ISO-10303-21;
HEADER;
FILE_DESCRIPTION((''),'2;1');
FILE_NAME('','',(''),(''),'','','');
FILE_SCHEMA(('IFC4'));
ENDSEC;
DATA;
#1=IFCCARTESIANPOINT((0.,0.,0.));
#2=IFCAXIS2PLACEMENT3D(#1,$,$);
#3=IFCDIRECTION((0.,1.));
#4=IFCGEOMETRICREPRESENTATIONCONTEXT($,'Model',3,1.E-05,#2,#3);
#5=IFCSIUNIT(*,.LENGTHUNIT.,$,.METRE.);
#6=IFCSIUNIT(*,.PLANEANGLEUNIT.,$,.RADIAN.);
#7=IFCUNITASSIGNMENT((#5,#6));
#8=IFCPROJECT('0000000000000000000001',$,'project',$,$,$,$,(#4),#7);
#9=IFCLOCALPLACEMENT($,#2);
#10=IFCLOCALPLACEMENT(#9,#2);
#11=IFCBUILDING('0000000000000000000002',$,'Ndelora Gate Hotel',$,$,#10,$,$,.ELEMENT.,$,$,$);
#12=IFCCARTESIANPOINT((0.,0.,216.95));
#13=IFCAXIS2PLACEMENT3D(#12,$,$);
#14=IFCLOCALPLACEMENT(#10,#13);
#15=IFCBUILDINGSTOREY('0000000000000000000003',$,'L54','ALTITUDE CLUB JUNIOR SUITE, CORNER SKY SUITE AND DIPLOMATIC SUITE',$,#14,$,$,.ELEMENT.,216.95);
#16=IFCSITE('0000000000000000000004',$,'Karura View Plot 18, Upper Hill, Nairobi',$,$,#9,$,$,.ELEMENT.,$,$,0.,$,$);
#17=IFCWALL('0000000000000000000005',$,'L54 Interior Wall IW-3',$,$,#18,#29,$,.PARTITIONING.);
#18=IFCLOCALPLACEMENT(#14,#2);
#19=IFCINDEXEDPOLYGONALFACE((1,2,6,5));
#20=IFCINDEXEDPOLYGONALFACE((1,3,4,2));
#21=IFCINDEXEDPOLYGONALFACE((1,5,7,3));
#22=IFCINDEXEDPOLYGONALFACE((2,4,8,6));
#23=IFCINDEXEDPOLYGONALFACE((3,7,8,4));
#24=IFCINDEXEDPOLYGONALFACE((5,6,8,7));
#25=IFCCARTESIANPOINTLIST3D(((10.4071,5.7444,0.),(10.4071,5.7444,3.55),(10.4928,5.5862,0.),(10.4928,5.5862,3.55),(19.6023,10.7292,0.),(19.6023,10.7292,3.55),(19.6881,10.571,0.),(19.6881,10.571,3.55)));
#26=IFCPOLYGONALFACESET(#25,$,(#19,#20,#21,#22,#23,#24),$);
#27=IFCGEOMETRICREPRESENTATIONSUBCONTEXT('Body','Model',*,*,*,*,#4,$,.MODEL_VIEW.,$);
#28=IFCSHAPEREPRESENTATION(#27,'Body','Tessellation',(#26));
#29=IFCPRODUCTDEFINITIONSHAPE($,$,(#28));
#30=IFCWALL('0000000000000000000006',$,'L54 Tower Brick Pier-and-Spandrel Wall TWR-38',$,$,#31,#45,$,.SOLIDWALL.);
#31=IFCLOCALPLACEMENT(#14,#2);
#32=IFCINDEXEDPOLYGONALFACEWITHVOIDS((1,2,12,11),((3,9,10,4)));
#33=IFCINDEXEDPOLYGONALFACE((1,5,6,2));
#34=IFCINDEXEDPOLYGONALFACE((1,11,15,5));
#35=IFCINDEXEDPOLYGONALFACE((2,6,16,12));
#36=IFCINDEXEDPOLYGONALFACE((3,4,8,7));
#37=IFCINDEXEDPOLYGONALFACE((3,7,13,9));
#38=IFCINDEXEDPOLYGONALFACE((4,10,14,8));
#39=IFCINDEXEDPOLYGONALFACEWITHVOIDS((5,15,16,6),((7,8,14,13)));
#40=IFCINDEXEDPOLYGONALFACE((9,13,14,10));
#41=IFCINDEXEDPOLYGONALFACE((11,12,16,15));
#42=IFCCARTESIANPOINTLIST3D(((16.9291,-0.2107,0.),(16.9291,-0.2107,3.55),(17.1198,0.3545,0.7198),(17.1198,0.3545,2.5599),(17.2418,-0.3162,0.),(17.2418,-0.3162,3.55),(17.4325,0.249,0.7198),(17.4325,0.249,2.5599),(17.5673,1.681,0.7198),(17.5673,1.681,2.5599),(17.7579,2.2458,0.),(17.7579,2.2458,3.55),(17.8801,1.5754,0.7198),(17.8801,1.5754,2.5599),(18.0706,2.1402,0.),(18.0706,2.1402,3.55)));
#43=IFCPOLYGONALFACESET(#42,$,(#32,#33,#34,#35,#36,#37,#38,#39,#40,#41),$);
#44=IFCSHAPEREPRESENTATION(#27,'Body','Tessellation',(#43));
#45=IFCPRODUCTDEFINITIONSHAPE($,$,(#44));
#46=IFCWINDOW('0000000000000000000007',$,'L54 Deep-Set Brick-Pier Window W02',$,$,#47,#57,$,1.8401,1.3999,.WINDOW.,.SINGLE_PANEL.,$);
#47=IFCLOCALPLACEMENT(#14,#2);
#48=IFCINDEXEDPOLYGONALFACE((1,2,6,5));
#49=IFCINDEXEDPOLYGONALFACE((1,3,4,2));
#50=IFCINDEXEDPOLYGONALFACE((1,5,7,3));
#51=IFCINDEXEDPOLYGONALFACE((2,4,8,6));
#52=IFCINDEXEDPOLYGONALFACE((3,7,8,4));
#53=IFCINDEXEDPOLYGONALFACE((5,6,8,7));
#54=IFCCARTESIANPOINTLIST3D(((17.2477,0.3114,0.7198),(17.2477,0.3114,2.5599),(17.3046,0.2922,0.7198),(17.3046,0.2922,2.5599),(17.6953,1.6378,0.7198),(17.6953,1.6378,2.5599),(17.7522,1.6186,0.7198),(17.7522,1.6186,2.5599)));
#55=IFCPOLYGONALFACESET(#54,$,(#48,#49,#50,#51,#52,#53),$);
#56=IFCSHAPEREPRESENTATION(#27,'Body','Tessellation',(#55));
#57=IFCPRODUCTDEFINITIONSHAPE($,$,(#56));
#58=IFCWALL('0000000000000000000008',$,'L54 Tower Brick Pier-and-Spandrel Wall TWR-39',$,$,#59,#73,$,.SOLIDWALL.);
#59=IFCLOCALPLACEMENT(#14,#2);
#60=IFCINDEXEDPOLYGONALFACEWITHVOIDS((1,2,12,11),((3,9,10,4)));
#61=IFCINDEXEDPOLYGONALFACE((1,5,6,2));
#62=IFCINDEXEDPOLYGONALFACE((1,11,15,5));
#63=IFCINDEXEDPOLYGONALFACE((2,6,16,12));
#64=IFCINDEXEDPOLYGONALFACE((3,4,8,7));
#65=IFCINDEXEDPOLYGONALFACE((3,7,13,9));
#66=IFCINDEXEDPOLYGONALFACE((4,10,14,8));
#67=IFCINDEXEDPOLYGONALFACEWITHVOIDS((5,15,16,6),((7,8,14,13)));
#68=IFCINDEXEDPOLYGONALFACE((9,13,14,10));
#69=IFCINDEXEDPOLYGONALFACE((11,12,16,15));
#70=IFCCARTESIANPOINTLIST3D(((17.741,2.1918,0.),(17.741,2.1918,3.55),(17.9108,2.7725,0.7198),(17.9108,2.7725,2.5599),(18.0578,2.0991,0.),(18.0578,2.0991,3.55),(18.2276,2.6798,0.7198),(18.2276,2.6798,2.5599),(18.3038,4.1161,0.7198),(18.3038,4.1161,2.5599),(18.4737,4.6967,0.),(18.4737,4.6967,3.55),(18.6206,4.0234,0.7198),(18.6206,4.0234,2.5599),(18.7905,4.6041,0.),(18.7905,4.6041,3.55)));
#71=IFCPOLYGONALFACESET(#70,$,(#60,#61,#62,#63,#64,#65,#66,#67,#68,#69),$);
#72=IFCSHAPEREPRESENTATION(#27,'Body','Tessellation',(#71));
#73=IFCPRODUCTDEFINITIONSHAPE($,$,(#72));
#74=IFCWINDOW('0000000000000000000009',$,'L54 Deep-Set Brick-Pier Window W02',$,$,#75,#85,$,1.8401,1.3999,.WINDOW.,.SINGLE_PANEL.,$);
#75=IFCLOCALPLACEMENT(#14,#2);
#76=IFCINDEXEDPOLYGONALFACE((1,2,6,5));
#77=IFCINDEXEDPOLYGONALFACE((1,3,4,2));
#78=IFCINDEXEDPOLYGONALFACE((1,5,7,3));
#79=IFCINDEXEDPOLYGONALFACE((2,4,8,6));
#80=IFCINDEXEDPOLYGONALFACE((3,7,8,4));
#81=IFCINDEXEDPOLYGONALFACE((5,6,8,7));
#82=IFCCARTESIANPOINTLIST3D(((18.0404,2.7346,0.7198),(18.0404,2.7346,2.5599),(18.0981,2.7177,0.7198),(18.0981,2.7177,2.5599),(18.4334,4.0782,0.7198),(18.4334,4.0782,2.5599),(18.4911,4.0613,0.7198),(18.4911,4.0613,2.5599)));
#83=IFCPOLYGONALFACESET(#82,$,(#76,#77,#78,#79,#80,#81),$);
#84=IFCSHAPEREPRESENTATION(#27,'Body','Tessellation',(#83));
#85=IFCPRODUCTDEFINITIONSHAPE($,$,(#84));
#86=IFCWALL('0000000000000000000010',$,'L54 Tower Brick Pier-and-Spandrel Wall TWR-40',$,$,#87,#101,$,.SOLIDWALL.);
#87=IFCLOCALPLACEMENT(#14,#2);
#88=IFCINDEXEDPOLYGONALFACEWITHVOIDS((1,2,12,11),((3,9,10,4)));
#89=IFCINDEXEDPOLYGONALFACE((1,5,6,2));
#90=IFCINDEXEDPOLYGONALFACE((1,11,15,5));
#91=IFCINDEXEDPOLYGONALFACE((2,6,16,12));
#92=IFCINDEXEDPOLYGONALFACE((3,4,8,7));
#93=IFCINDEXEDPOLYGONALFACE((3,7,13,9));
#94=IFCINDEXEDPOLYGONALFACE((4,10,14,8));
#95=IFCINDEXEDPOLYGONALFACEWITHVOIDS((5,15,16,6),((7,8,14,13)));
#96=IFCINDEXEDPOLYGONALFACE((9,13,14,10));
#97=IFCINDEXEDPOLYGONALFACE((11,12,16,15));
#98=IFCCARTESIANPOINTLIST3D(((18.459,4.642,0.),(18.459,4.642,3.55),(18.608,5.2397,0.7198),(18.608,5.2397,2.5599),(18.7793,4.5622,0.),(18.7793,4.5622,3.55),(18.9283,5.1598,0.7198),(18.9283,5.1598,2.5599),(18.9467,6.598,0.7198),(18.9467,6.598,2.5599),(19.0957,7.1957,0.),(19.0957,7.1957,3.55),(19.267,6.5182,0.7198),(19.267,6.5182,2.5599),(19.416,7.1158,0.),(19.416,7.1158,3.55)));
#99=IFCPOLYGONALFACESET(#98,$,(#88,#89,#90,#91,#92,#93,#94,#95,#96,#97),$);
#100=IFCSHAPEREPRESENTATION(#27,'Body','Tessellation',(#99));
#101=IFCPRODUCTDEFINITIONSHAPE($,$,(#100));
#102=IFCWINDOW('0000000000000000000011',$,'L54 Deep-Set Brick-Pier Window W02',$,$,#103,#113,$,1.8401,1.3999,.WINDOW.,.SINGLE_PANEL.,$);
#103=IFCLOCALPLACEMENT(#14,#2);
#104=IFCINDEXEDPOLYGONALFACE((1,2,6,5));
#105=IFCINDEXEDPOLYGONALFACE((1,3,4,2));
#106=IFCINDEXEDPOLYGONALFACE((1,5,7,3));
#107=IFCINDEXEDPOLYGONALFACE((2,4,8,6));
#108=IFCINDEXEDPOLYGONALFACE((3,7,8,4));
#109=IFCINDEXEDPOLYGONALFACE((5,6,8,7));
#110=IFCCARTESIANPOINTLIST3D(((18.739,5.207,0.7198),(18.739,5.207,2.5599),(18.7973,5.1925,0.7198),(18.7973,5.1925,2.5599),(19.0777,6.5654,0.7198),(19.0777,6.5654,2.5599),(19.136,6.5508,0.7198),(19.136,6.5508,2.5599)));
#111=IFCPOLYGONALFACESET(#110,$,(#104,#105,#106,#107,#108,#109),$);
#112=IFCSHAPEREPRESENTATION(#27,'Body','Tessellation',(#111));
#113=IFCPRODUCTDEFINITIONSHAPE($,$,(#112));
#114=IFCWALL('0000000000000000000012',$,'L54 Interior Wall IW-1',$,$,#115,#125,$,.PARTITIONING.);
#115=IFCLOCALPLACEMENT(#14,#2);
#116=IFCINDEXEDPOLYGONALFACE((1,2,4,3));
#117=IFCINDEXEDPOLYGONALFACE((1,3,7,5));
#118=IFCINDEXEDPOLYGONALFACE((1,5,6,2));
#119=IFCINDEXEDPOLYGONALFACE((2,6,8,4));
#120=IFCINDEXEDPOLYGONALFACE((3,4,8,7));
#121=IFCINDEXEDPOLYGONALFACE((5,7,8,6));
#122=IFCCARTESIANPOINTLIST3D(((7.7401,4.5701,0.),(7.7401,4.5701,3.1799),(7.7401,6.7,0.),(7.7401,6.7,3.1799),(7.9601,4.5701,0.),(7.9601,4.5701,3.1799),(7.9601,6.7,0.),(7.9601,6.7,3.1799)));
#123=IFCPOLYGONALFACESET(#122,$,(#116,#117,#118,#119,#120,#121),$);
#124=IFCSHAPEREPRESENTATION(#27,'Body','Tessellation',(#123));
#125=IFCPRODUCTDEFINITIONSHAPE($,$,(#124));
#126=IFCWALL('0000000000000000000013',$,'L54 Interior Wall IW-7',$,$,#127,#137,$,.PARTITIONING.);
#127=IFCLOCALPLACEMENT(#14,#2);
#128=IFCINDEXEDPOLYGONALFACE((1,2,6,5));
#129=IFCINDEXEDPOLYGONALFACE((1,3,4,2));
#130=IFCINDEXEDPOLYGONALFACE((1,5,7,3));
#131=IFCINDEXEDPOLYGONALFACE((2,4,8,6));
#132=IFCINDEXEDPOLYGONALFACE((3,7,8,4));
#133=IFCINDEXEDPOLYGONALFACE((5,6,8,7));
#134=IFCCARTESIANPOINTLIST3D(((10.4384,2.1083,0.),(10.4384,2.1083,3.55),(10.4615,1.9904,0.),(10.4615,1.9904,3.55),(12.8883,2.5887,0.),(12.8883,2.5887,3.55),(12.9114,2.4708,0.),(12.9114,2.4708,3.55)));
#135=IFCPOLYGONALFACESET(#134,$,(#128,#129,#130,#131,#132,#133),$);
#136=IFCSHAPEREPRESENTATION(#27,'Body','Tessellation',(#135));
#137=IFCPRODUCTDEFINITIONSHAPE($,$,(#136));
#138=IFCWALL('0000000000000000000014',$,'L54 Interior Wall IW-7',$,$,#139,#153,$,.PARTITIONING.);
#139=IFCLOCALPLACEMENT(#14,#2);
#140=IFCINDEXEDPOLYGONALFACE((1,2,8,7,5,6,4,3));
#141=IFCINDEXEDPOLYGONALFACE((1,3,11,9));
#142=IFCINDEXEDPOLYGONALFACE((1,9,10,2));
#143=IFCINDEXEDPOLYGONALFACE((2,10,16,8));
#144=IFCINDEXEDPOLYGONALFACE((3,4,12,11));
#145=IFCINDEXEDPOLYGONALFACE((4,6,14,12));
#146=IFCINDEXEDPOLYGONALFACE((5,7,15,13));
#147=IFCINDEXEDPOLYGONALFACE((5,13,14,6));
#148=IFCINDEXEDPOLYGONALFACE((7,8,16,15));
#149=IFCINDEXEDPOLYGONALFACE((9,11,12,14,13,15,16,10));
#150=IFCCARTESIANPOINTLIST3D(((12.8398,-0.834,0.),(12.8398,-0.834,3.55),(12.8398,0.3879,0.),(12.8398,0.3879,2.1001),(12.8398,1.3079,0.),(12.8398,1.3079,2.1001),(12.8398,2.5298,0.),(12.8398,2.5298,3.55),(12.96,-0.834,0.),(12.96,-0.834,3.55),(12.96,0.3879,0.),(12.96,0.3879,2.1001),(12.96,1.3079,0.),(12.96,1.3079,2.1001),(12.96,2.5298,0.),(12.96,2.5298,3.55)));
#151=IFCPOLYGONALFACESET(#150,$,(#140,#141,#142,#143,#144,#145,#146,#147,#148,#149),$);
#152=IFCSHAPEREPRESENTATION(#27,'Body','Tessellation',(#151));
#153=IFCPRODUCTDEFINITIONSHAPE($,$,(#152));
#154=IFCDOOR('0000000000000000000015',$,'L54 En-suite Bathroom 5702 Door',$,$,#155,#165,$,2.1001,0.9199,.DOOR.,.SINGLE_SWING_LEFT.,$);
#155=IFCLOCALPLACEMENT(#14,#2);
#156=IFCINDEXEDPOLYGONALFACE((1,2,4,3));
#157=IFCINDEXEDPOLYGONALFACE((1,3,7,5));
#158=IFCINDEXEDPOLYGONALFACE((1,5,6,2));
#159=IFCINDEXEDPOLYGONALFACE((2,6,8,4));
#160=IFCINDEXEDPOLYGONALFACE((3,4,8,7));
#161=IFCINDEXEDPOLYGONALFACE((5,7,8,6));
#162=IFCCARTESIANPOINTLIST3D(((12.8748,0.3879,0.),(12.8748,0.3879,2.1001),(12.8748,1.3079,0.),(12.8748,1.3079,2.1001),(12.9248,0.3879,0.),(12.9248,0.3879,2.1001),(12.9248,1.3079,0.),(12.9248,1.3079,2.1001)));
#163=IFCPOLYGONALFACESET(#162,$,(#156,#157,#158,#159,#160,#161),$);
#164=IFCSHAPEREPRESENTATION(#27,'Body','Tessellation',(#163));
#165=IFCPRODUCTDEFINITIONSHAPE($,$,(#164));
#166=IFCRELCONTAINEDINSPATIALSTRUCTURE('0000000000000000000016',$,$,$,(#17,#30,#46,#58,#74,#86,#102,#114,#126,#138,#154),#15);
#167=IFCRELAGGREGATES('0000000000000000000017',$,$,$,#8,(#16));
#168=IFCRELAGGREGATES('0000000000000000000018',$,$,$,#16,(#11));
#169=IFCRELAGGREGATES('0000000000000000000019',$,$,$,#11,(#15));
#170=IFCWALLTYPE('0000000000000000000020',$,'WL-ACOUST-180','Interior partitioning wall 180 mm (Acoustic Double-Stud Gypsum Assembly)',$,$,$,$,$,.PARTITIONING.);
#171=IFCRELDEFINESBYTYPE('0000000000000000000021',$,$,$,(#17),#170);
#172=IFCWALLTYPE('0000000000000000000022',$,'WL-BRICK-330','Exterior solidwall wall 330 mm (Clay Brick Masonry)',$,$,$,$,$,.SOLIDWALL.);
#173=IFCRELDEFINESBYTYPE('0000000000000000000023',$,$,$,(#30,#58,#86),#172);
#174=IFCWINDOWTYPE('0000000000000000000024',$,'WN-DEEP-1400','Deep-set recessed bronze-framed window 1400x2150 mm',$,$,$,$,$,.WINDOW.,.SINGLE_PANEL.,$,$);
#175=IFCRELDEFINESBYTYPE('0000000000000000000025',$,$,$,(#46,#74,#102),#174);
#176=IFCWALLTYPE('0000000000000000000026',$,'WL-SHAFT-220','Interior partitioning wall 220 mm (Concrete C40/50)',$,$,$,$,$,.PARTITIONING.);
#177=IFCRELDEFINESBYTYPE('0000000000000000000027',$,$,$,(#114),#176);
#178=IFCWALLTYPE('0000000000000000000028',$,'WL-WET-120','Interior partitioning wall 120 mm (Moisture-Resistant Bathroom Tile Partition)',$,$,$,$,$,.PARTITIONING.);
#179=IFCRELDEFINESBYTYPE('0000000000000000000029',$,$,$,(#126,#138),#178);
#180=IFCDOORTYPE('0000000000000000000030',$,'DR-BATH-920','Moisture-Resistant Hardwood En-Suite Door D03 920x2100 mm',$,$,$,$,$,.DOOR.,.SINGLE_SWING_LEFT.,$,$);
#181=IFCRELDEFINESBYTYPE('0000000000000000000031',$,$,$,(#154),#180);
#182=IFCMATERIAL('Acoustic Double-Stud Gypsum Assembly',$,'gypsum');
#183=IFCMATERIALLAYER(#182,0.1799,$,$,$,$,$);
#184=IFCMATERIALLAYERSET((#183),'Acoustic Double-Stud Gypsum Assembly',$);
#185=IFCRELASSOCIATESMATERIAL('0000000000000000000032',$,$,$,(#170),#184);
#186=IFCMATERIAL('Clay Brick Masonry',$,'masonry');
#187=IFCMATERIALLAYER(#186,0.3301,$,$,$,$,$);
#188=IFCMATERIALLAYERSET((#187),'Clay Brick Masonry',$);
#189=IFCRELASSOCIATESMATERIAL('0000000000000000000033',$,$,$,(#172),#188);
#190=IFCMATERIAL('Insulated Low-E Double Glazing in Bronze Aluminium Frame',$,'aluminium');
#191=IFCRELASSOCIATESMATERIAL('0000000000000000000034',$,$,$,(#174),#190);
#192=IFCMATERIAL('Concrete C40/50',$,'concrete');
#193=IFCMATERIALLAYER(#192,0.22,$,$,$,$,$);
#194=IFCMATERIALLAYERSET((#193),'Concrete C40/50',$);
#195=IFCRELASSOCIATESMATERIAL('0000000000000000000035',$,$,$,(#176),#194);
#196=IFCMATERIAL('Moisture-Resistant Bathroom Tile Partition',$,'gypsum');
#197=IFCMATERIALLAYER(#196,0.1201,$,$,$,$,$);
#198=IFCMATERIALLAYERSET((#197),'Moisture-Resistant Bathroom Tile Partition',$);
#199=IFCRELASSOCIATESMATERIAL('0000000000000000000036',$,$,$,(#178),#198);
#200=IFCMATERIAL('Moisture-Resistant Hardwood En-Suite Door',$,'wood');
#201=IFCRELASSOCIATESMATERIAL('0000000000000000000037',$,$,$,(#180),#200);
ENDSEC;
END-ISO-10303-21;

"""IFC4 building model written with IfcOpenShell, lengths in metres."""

from ifc_helpers import new_model, si_unit, direction, frame, frame_2d, origin, place, context, subcontext, project, spatial, rectangle, extrude, material, layer, layer_set, type_object, element, fill, save


model = new_model("IFC4")

# Units and contexts
model_context = context("Model", 3, precision=1e-05, world=origin(), true_north=direction((0.0, 1.0)))
body_context = subcontext(model_context, "Body", "Model", "MODEL_VIEW")
ifc_project = project(units=[si_unit("LENGTHUNIT", "METRE"), si_unit("PLANEANGLEUNIT", "RADIAN")], contexts=[model_context])

# Site, building, storey
site_placement = place(None, origin())
site = spatial("IfcSite", under=ifc_project, at=site_placement, Name="Karura View Plot 18, Upper Hill, Nairobi", CompositionType="ELEMENT", RefElevation=0.0)
building_placement = place(site_placement, origin())
building = spatial("IfcBuilding", under=site, at=building_placement, Name="Ndelora Gate Hotel", CompositionType="ELEMENT")
storey_placement = place(building_placement, frame((0.0, 0.0, 216.95)))
storey = spatial("IfcBuildingStorey", under=building, at=storey_placement, Name="L54", Description="ALTITUDE CLUB JUNIOR SUITE, CORNER SKY SUITE AND DIPLOMATIC SUITE", CompositionType="ELEMENT", Elevation=216.95)

# Wall
ifc_material_1 = material(Name="Acoustic Double-Stud Gypsum Assembly", Category="gypsum")
ifc_layer_1 = layer(ifc_material_1, 0.1799)
ifc_layer_set_1 = layer_set([ifc_layer_1], Name="Acoustic Double-Stud Gypsum Assembly")
wall_type_1 = type_object("IfcWallType", Name="WL-ACOUST-180", Description="Interior partitioning wall 180 mm (Acoustic Double-Stud Gypsum Assembly)", PredefinedType="PARTITIONING", material=ifc_layer_set_1)
wall_1_placement = place(storey_placement, frame((10.45, 5.6653, 0.0), z_axis=(0.0, 0.0, 1.0), x_axis=(0.879129, 0.476584, 0.0)))
element("IfcWall", 1, at=wall_1_placement, inside=storey, type_object=wall_type_1, Name="L54 Interior Wall IW-3", PredefinedType="PARTITIONING", context=body_context, shape_type="SweptSolid", body=[
    extrude(rectangle(XDim=10.4595, YDim=0.1799, at=frame_2d((5.2297, 0.0))), origin(), (0.0, 0.0, 1.0), 3.55),
])

# Walls, openings, windows
ifc_material_2 = material(Name="Clay Brick Masonry", Category="masonry")
ifc_layer_2 = layer(ifc_material_2, 0.3301)
ifc_layer_set_2 = layer_set([ifc_layer_2], Name="Clay Brick Masonry")
wall_type_2 = type_object("IfcWallType", Name="WL-BRICK-330", Description="Exterior solidwall wall 330 mm (Clay Brick Masonry)", PredefinedType="SOLIDWALL", material=ifc_layer_set_2)
wall_2_placement = place(storey_placement, frame((17.9143, 2.1931, 0.0), z_axis=(0.0, 0.0, 1.0), x_axis=(-0.3197, -0.947519, 0.0)))
wall_2 = element("IfcWall", 2, at=wall_2_placement, inside=storey, type_object=wall_type_2, Name="L54 Tower Brick Pier-and-Spandrel Wall TWR-38", PredefinedType="SOLIDWALL", context=body_context, shape_type="SweptSolid", body=[
    extrude(rectangle(XDim=2.5925, YDim=0.3301, at=frame_2d((1.2964, 0.0))), origin(), (0.0, 0.0, 1.0), 3.55),
])
opening_1_placement = place(wall_2_placement, frame((0.5962, 0.0, 0.72)))
opening_1 = element("IfcOpeningElement", 3, at=opening_1_placement, cuts=wall_2, PredefinedType="OPENING", context=body_context, shape_type="SweptSolid", body=[
    extrude(rectangle(XDim=1.3999, YDim=1.8401, at=frame_2d((0.7, 0.9199))), frame((0.0, 0.175, 0.0), z_axis=(0.0, -1.0, 0.0), x_axis=(1.0, 0.0, 0.0)), (0.0, 0.0, 1.0), 0.3501),
])
ifc_material_3 = material(Name="Insulated Low-E Double Glazing in Bronze Aluminium Frame", Category="aluminium")
window_type = type_object("IfcWindowType", Name="WN-DEEP-1400", Description="Deep-set recessed bronze-framed window 1400x2150 mm", PartitioningType="SINGLE_PANEL", PredefinedType="WINDOW", material=ifc_material_3)
window_1_placement = place(opening_1_placement, origin())
window_1 = element("IfcWindow", 4, at=window_1_placement, inside=storey, type_object=window_type, Name="L54 Deep-Set Brick-Pier Window W02", OverallHeight=1.8401, OverallWidth=1.3999, PartitioningType="SINGLE_PANEL", PredefinedType="WINDOW", context=body_context, shape_type="SweptSolid", body=[
    extrude(rectangle(XDim=1.3999, YDim=1.8401, at=frame_2d((0.7, 0.9199))), frame((0.0, 0.03, 0.0), z_axis=(0.0, -1.0, 0.0), x_axis=(1.0, 0.0, 0.0)), (0.0, 0.0, 1.0), 0.0601),
])
fill(opening_1, window_1)
wall_3_placement = place(storey_placement, frame((18.6321, 4.6504, 0.0), z_axis=(0.0, 0.0, 1.0), x_axis=(-0.280733, -0.959786, 0.0)))
wall_3 = element("IfcWall", 5, at=wall_3_placement, inside=storey, type_object=wall_type_2, Name="L54 Tower Brick Pier-and-Spandrel Wall TWR-39", PredefinedType="SOLIDWALL", context=body_context, shape_type="SweptSolid", body=[
    extrude(rectangle(XDim=2.6099, YDim=0.3301, at=frame_2d((1.3049, 0.0))), origin(), (0.0, 0.0, 1.0), 3.55),
])
opening_2_placement = place(wall_3_placement, frame((0.605, 0.0, 0.72)))
opening_2 = element("IfcOpeningElement", 6, at=opening_2_placement, cuts=wall_3, PredefinedType="OPENING", context=body_context, shape_type="SweptSolid", body=[
    extrude(rectangle(XDim=1.3999, YDim=1.8401, at=frame_2d((0.7, 0.9199))), frame((0.0, 0.175, 0.0), z_axis=(0.0, -1.0, 0.0), x_axis=(1.0, 0.0, 0.0)), (0.0, 0.0, 1.0), 0.3501),
])
window_2_placement = place(opening_2_placement, origin())
window_2 = element("IfcWindow", 7, at=window_2_placement, inside=storey, type_object=window_type, Name="L54 Deep-Set Brick-Pier Window W02", OverallHeight=1.8401, OverallWidth=1.3999, PartitioningType="SINGLE_PANEL", PredefinedType="WINDOW", context=body_context, shape_type="SweptSolid", body=[
    extrude(rectangle(XDim=1.3999, YDim=1.8401, at=frame_2d((0.7, 0.9199))), frame((0.0, 0.03, 0.0), z_axis=(0.0, -1.0, 0.0), x_axis=(1.0, 0.0, 0.0)), (0.0, 0.0, 1.0), 0.0601),
])
fill(opening_2, window_2)
wall_4_placement = place(storey_placement, frame((19.2559, 7.1558, 0.0), z_axis=(0.0, 0.0, 1.0), x_axis=(-0.241924, -0.970295, 0.0)))
wall_4 = element("IfcWall", 8, at=wall_4_placement, inside=storey, type_object=wall_type_2, Name="L54 Tower Brick Pier-and-Spandrel Wall TWR-40", PredefinedType="SOLIDWALL", context=body_context, shape_type="SweptSolid", body=[
    extrude(rectangle(XDim=2.6318, YDim=0.3301, at=frame_2d((1.3159, 0.0))), origin(), (0.0, 0.0, 1.0), 3.55),
])
opening_3_placement = place(wall_4_placement, frame((0.616, 0.0, 0.72)))
opening_3 = element("IfcOpeningElement", 9, at=opening_3_placement, cuts=wall_4, PredefinedType="OPENING", context=body_context, shape_type="SweptSolid", body=[
    extrude(rectangle(XDim=1.3999, YDim=1.8401, at=frame_2d((0.7, 0.9199))), frame((0.0, 0.175, 0.0), z_axis=(0.0, -1.0, 0.0), x_axis=(1.0, 0.0, 0.0)), (0.0, 0.0, 1.0), 0.3501),
])
window_3_placement = place(opening_3_placement, origin())
window_3 = element("IfcWindow", 10, at=window_3_placement, inside=storey, type_object=window_type, Name="L54 Deep-Set Brick-Pier Window W02", OverallHeight=1.8401, OverallWidth=1.3999, PartitioningType="SINGLE_PANEL", PredefinedType="WINDOW", context=body_context, shape_type="SweptSolid", body=[
    extrude(rectangle(XDim=1.3999, YDim=1.8401, at=frame_2d((0.7, 0.9199))), frame((0.0, 0.03, 0.0), z_axis=(0.0, -1.0, 0.0), x_axis=(1.0, 0.0, 0.0)), (0.0, 0.0, 1.0), 0.0601),
])
fill(opening_3, window_3)

# Shared definitions
ifc_material_4 = material(Name="Concrete C40/50", Category="concrete")

# Walls
ifc_layer_3 = layer(ifc_material_4, 0.22)
ifc_layer_set_3 = layer_set([ifc_layer_3], Name="Concrete C40/50")
wall_type_3 = type_object("IfcWallType", Name="WL-SHAFT-220", Description="Interior partitioning wall 220 mm (Concrete C40/50)", PredefinedType="PARTITIONING", material=ifc_layer_set_3)
wall_5_placement = place(storey_placement, frame((7.8501, 4.5701, 0.0), z_axis=(0.0, 0.0, 1.0), x_axis=(0.0, 1.0, 0.0)))
element("IfcWall", 11, at=wall_5_placement, inside=storey, type_object=wall_type_3, Name="L54 Interior Wall IW-1", PredefinedType="PARTITIONING", context=body_context, shape_type="SweptSolid", body=[
    extrude(rectangle(XDim=2.1299, YDim=0.22, at=frame_2d((1.0649, 0.0))), origin(), (0.0, 0.0, 1.0), 3.1799),
])
ifc_material_5 = material(Name="Moisture-Resistant Bathroom Tile Partition", Category="gypsum")
ifc_layer_4 = layer(ifc_material_5, 0.1201)
ifc_layer_set_4 = layer_set([ifc_layer_4], Name="Moisture-Resistant Bathroom Tile Partition")
wall_type_4 = type_object("IfcWallType", Name="WL-WET-120", Description="Interior partitioning wall 120 mm (Moisture-Resistant Bathroom Tile Partition)", PredefinedType="PARTITIONING", material=ifc_layer_set_4)
wall_6_placement = place(storey_placement, frame((10.45, 2.0493, 0.0), z_axis=(0.0, 0.0, 1.0), x_axis=(0.981307, 0.192448, 0.0)))
element("IfcWall", 12, at=wall_6_placement, inside=storey, type_object=wall_type_4, Name="L54 Interior Wall IW-7", PredefinedType="PARTITIONING", context=body_context, shape_type="SweptSolid", body=[
    extrude(rectangle(XDim=2.4966, YDim=0.1201, at=frame_2d((1.2483, 0.0))), origin(), (0.0, 0.0, 1.0), 3.55),
])

# Wall, opening, door
wall_7_placement = place(storey_placement, frame((12.8999, 2.5298, 0.0), z_axis=(0.0, 0.0, 1.0), x_axis=(0.0, -1.0, 0.0)))
wall_7 = element("IfcWall", 13, at=wall_7_placement, inside=storey, type_object=wall_type_4, Name="L54 Interior Wall IW-7", PredefinedType="PARTITIONING", context=body_context, shape_type="SweptSolid", body=[
    extrude(rectangle(XDim=3.3638, YDim=0.1201, at=frame_2d((1.6819, 0.0))), origin(), (0.0, 0.0, 1.0), 3.55),
])
opening_4_placement = place(wall_7_placement, frame((1.2219, 0.0, 0.0)))
opening_4 = element("IfcOpeningElement", 14, at=opening_4_placement, cuts=wall_7, PredefinedType="OPENING", context=body_context, shape_type="SweptSolid", body=[
    extrude(rectangle(XDim=0.9199, YDim=2.1001, at=frame_2d((0.46, 1.05))), frame((0.0, 0.0701, 0.0), z_axis=(0.0, -1.0, 0.0), x_axis=(1.0, 0.0, 0.0)), (0.0, 0.0, 1.0), 0.1401),
])
ifc_material_6 = material(Name="Moisture-Resistant Hardwood En-Suite Door", Category="wood")
door_type_1 = type_object("IfcDoorType", Name="DR-BATH-920", Description="Moisture-Resistant Hardwood En-Suite Door D03 920x2100 mm", OperationType="SINGLE_SWING_LEFT", PredefinedType="DOOR", material=ifc_material_6)
door_1_placement = place(opening_4_placement, origin())
door_1 = element("IfcDoor", 15, at=door_1_placement, inside=storey, type_object=door_type_1, Name="L54 En-suite Bathroom 5702 Door", OperationType="SINGLE_SWING_LEFT", OverallHeight=2.1001, OverallWidth=0.9199, PredefinedType="DOOR", context=body_context, shape_type="SweptSolid", body=[
    extrude(rectangle(XDim=0.9199, YDim=2.1001, at=frame_2d((0.46, 1.05))), frame((0.0, 0.0249, 0.0), z_axis=(0.0, -1.0, 0.0), x_axis=(1.0, 0.0, 0.0)), (0.0, 0.0, 1.0), 0.05),
])
fill(opening_4, door_1)

save(model, "model.ifc")
